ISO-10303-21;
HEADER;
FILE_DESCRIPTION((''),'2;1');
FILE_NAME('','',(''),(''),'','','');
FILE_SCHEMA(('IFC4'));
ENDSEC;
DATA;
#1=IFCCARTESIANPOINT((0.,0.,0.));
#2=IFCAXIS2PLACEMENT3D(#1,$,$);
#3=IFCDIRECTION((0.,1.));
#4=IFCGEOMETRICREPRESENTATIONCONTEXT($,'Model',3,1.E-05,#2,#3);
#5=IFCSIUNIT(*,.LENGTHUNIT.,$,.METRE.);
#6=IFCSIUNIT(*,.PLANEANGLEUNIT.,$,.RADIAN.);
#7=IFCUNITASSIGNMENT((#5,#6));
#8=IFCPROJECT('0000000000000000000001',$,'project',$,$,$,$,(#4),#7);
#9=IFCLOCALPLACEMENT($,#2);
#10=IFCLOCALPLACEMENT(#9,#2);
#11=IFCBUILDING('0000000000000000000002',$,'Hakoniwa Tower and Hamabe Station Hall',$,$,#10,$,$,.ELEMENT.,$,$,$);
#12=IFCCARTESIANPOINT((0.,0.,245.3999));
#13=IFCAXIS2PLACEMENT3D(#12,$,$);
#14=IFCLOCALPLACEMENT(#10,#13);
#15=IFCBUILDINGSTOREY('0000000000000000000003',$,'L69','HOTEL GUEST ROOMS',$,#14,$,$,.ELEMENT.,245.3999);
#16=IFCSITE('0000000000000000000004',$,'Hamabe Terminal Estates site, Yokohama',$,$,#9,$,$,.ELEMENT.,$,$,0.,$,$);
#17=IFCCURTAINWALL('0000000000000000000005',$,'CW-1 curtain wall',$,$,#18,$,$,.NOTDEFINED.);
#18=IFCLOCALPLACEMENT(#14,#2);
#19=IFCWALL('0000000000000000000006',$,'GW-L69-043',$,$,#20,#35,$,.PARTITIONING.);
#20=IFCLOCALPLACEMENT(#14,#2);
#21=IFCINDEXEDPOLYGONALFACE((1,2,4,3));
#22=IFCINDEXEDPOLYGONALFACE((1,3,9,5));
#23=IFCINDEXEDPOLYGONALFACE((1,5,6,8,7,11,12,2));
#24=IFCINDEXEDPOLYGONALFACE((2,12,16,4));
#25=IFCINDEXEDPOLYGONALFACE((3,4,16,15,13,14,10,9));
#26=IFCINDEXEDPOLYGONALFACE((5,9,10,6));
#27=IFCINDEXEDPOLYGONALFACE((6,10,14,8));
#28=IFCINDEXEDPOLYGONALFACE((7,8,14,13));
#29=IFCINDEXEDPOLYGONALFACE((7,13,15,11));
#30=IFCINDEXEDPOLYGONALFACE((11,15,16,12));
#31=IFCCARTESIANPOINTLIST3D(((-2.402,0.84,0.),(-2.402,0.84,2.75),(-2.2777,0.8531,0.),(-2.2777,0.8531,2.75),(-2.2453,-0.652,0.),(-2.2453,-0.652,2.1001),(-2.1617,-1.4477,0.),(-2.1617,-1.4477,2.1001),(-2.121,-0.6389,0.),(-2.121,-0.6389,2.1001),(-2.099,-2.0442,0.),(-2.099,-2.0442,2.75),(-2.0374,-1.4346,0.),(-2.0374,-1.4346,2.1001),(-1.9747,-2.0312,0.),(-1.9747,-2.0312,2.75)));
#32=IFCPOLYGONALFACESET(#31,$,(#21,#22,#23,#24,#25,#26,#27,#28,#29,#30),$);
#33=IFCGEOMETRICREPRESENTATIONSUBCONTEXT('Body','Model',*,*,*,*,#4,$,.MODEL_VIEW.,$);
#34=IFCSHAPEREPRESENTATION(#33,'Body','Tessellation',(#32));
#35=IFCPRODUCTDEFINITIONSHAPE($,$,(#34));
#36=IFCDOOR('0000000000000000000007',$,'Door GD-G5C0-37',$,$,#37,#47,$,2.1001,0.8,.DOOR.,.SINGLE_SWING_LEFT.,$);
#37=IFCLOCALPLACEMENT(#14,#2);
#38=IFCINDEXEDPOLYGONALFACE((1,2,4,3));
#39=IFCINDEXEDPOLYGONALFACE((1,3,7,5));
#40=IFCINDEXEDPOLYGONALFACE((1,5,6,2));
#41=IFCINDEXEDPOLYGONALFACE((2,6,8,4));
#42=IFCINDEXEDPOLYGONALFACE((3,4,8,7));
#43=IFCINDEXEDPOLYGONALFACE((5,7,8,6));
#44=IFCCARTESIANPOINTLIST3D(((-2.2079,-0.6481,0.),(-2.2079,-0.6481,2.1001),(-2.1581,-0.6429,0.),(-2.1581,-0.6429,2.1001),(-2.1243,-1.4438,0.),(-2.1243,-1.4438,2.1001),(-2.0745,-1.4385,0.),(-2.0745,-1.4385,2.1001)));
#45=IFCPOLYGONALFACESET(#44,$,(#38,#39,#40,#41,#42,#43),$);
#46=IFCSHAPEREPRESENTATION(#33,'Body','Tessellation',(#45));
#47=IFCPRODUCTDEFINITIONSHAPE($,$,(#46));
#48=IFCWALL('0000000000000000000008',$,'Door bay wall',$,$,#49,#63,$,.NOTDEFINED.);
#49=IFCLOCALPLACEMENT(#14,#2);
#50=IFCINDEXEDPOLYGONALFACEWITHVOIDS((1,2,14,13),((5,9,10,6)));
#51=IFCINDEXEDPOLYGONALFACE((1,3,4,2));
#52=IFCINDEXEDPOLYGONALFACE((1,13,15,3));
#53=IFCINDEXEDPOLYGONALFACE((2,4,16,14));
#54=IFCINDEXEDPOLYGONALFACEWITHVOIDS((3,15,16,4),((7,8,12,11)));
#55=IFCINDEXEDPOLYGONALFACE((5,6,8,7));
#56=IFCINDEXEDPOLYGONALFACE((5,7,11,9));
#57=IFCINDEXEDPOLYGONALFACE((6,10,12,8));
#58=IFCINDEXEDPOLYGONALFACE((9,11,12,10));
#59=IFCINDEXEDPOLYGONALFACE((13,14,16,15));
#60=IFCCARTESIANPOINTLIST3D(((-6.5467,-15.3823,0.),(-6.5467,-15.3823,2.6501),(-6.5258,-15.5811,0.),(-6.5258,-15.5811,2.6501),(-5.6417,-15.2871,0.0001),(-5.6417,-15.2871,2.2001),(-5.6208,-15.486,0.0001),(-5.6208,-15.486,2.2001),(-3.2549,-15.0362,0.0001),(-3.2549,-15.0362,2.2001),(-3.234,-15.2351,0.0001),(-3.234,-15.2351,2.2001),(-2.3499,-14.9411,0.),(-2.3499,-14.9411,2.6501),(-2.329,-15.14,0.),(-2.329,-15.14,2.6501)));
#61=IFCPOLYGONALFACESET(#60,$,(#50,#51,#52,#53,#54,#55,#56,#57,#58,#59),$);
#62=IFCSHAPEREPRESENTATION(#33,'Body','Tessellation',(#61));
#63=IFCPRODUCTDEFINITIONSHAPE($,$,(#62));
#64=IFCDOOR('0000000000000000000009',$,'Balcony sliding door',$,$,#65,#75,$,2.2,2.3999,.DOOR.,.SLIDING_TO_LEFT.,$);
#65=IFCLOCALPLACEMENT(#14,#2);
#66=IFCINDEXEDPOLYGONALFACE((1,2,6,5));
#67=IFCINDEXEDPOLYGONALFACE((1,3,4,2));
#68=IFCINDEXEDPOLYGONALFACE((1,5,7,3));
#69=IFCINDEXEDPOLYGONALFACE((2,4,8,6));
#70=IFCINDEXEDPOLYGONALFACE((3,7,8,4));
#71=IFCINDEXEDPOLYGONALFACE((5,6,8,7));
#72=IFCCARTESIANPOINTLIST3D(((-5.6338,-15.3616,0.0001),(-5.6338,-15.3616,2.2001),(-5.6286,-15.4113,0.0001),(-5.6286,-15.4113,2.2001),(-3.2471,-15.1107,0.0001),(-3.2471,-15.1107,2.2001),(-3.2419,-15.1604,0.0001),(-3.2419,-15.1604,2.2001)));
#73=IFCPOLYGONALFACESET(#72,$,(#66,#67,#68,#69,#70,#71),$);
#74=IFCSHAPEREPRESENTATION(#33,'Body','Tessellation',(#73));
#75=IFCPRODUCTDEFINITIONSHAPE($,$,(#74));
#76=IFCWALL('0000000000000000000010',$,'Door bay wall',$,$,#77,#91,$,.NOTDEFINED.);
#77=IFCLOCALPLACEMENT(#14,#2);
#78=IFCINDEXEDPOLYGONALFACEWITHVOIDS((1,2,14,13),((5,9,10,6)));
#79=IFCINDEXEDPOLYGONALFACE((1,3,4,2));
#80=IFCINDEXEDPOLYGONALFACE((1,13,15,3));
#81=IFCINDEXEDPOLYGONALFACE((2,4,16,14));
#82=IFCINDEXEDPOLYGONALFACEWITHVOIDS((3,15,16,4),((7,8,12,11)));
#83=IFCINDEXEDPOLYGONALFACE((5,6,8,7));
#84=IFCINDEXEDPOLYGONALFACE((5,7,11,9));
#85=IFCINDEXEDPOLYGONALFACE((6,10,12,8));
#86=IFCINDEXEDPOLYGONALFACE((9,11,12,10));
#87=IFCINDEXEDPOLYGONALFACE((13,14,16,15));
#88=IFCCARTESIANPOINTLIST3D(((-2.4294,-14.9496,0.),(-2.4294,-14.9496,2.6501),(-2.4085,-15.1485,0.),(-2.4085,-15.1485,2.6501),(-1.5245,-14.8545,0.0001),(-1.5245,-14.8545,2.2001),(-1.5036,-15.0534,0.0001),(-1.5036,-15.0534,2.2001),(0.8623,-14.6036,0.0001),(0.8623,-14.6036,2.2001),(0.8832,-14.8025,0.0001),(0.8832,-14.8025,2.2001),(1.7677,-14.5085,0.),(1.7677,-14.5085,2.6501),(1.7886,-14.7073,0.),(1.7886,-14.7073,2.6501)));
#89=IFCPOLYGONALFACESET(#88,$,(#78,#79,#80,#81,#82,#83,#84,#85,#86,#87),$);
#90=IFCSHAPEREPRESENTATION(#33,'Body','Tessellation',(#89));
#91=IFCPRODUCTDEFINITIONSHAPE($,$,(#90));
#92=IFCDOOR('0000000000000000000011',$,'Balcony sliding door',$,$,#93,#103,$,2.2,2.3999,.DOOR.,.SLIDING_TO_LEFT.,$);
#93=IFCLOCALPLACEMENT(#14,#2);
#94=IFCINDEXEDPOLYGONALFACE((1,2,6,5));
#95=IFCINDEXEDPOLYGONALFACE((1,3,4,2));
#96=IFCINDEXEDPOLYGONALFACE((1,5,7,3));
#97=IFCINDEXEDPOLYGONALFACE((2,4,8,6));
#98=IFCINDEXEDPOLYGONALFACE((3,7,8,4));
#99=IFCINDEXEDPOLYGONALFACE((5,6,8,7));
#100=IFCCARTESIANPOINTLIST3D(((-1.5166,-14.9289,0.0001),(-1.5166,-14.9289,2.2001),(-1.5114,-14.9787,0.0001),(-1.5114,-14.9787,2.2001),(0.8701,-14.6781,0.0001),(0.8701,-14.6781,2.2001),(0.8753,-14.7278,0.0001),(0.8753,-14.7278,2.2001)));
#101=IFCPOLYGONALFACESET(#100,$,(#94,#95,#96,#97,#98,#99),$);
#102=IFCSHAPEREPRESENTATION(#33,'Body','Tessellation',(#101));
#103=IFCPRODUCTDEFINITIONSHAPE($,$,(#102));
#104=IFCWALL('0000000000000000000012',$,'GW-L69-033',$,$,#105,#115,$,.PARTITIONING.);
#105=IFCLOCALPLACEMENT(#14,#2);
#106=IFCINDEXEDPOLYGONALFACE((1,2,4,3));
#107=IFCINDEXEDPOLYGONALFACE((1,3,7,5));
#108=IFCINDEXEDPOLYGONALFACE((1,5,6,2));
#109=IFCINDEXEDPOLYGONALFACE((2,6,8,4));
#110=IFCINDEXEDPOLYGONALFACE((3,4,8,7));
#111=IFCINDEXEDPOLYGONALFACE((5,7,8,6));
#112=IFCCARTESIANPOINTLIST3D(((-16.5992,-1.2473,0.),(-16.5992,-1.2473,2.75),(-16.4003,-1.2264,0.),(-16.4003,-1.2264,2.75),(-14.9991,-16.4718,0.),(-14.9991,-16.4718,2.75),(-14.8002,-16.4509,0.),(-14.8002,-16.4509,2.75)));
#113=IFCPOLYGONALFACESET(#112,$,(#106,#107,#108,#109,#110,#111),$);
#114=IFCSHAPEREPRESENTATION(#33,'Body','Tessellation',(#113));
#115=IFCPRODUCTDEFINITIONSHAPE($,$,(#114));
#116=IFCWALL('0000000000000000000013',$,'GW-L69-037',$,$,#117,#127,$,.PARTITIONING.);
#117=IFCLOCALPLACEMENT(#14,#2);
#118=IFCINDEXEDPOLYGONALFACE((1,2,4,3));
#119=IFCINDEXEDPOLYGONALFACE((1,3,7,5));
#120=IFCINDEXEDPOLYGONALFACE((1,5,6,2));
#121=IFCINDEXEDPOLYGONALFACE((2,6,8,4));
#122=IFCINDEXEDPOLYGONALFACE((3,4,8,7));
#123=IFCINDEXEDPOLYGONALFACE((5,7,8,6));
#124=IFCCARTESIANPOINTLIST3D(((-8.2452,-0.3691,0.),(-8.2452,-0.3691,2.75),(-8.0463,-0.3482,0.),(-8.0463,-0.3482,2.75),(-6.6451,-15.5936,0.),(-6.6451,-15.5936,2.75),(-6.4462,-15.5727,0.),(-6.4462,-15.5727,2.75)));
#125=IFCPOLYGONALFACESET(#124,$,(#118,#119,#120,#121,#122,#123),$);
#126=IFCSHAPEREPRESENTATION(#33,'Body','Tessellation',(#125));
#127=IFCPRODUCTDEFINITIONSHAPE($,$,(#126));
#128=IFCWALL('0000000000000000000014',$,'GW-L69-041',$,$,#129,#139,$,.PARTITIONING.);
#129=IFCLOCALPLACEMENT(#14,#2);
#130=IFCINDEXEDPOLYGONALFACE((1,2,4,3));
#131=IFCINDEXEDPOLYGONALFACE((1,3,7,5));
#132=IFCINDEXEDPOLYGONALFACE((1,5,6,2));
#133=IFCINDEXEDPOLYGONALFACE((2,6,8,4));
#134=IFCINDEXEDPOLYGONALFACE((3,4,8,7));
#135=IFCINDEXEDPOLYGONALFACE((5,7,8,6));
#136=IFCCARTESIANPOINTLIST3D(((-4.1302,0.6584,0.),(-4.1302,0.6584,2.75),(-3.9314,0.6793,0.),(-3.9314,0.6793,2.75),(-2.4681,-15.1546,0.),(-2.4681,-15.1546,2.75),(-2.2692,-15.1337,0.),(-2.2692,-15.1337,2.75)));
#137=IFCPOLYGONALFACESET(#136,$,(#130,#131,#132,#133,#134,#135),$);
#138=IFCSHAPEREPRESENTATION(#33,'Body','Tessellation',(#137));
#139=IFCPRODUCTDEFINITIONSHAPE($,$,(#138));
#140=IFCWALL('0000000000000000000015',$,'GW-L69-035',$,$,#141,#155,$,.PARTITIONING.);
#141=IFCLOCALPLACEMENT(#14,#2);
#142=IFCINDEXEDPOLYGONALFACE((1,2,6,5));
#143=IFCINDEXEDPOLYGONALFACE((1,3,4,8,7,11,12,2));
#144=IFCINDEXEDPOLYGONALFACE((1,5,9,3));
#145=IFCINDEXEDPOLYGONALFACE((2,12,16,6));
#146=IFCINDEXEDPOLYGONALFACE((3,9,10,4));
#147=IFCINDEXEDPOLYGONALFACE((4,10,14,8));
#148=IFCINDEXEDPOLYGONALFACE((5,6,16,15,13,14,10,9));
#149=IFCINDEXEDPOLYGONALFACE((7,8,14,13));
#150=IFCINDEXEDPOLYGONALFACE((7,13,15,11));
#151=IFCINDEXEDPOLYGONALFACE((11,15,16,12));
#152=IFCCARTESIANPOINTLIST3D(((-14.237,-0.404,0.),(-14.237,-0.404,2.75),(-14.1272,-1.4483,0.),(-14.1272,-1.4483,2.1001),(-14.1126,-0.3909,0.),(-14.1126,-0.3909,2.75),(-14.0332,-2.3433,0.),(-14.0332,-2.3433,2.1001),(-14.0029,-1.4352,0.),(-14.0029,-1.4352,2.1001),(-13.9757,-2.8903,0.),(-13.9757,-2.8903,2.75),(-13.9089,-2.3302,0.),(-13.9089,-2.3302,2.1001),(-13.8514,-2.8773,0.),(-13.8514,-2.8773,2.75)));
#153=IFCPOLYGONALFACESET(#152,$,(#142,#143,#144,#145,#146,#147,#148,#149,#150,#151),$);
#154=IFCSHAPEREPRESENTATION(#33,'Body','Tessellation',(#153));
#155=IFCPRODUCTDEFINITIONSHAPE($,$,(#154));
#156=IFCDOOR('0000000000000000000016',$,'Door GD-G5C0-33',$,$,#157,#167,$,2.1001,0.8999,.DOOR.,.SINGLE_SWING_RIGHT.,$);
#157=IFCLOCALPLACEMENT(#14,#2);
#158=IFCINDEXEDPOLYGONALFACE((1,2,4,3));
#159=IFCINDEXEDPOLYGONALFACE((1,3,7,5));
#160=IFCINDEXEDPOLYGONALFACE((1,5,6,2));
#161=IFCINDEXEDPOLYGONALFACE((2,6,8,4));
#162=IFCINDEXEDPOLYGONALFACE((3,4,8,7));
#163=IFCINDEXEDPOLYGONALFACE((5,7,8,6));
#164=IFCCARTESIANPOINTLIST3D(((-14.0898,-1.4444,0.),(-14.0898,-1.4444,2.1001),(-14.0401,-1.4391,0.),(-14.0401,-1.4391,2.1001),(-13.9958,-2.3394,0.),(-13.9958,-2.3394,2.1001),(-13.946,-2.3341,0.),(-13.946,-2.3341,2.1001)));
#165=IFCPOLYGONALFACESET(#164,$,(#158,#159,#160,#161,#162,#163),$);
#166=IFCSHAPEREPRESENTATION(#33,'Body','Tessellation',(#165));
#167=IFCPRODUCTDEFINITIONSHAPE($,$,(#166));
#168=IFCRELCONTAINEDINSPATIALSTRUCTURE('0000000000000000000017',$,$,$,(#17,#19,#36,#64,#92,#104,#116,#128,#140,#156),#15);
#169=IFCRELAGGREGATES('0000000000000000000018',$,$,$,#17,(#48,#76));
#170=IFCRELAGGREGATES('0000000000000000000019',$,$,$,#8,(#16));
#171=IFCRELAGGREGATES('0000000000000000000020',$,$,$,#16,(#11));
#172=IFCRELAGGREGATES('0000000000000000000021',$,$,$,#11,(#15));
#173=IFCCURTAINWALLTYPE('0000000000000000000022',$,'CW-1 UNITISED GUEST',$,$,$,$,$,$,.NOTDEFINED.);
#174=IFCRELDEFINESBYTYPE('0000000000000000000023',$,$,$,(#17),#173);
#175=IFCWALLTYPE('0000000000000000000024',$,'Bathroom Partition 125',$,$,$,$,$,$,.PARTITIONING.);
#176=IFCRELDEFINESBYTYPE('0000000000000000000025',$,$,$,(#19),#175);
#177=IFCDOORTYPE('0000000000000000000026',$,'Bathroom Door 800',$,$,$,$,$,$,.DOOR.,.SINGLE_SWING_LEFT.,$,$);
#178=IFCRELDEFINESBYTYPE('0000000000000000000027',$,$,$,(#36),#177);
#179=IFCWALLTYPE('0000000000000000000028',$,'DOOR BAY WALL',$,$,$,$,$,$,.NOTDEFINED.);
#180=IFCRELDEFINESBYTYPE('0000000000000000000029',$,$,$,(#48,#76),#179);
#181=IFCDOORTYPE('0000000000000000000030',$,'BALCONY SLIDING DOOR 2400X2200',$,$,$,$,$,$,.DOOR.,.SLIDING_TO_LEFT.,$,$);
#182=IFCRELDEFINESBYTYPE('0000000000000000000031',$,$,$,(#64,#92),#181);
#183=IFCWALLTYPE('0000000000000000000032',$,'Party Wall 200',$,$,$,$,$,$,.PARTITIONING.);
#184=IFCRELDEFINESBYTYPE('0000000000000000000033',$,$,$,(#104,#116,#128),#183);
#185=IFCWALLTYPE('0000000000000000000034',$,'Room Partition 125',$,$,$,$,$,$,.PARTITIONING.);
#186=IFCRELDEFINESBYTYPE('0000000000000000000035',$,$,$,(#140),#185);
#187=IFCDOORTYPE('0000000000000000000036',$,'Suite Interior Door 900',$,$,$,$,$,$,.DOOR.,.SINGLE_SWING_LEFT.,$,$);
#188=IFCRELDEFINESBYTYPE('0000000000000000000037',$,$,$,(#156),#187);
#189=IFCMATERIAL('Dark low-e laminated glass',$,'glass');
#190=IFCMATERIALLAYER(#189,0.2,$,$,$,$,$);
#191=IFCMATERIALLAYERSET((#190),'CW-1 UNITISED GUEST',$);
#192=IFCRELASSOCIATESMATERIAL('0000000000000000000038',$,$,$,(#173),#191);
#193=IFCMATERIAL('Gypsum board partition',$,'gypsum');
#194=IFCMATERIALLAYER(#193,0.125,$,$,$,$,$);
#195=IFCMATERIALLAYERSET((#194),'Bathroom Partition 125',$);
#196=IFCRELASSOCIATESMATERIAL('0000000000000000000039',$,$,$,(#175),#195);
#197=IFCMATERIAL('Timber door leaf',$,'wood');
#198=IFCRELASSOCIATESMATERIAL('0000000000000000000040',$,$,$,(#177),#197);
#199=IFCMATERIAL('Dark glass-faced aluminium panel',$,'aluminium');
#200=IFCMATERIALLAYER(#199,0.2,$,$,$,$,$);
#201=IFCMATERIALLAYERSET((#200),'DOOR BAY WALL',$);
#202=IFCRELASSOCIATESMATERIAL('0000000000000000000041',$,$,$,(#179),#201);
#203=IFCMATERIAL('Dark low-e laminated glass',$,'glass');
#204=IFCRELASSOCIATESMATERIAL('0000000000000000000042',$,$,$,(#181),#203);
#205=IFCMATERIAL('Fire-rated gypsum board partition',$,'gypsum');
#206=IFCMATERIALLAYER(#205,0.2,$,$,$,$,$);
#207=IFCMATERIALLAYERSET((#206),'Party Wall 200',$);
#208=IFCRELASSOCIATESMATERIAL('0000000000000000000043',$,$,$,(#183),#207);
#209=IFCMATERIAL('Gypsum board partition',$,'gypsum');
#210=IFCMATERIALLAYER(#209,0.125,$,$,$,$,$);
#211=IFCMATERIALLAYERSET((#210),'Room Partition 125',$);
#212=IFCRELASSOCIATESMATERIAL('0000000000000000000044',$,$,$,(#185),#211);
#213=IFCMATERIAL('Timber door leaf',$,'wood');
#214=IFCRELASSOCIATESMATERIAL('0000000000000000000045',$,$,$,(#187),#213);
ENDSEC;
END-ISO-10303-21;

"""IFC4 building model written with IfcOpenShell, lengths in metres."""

from ifc_helpers import new_model, si_unit, direction, frame, frame_2d, origin, place, context, subcontext, project, spatial, rectangle, extrude, material, layer, layer_set, type_object, element, fill, aggregate, save


model = new_model("IFC4")

# Units and contexts
model_context = context("Model", 3, precision=1e-05, world=origin(), true_north=direction((0.0, 1.0)))
body_context = subcontext(model_context, "Body", "Model", "MODEL_VIEW")
ifc_project = project(units=[si_unit("LENGTHUNIT", "METRE"), si_unit("PLANEANGLEUNIT", "RADIAN")], contexts=[model_context])

# Site, building, storey
site_placement = place(None, origin())
site = spatial("IfcSite", under=ifc_project, at=site_placement, Name="Hamabe Terminal Estates site, Yokohama", CompositionType="ELEMENT", RefElevation=0.0)
building_placement = place(site_placement, origin())
building = spatial("IfcBuilding", under=site, at=building_placement, Name="Hakoniwa Tower and Hamabe Station Hall", CompositionType="ELEMENT")
storey_placement = place(building_placement, frame((0.0, 0.0, 245.3999)))
storey = spatial("IfcBuildingStorey", under=building, at=storey_placement, Name="L69", Description="HOTEL GUEST ROOMS", CompositionType="ELEMENT", Elevation=245.3999)

# Curtain wall
ifc_material_1 = material(Name="Dark low-e laminated glass", Category="glass")
ifc_layer_1 = layer(ifc_material_1, 0.2)
ifc_layer_set_1 = layer_set([ifc_layer_1], Name="CW-1 UNITISED GUEST")
curtain_wall_type = type_object("IfcCurtainWallType", Name="CW-1 UNITISED GUEST", PredefinedType="NOTDEFINED", material=ifc_layer_set_1)
curtain_wall_placement = place(storey_placement, origin())
curtain_wall = element("IfcCurtainWall", 1, at=curtain_wall_placement, inside=storey, type_object=curtain_wall_type, Name="CW-1 curtain wall", PredefinedType="NOTDEFINED")

# Shared definitions
ifc_material_2 = material(Name="Gypsum board partition", Category="gypsum")
ifc_layer_2 = layer(ifc_material_2, 0.125)
ifc_layer_set_2 = layer_set([ifc_layer_2], Name="Bathroom Partition 125")
wall_type_1 = type_object("IfcWallType", Name="Bathroom Partition 125", PredefinedType="PARTITIONING", material=ifc_layer_set_2)

# Walls, openings, doors
ifc_material_3 = material(Name="Timber door leaf", Category="wood")
door_type_1 = type_object("IfcDoorType", Name="Bathroom Door 800", OperationType="SINGLE_SWING_LEFT", PredefinedType="DOOR", material=ifc_material_3)
wall_1_placement = place(storey_placement, frame((-2.0369, -2.0378, 0.0), z_axis=(0.0, 0.0, 1.0), x_axis=(-0.10447, 0.994528, 0.0)))
wall_1 = element("IfcWall", 2, at=wall_1_placement, inside=storey, type_object=wall_type_1, Name="GW-L69-043", PredefinedType="PARTITIONING", context=body_context, shape_type="SweptSolid", body=[
    extrude(rectangle(XDim=2.9001, YDim=0.125, at=frame_2d((1.4502, 0.0))), origin(), (0.0, 0.0, 1.0), 2.75),
])
opening_1_placement = place(wall_1_placement, frame((0.6001, 0.0, 0.0)))
opening_1 = element("IfcOpeningElement", 3, at=opening_1_placement, cuts=wall_1, PredefinedType="OPENING", context=body_context, shape_type="SweptSolid", body=[
    extrude(rectangle(XDim=0.8, YDim=2.1001, at=frame_2d((0.3999, 1.05))), frame((0.0, 0.0725, 0.0), z_axis=(0.0, -1.0, 0.0), x_axis=(1.0, 0.0, 0.0)), (0.0, 0.0, 1.0), 0.145),
])
door_1_placement = place(opening_1_placement, origin())
door_1 = element("IfcDoor", 4, at=door_1_placement, inside=storey, type_object=door_type_1, Name="Door GD-G5C0-37", OperationType="SINGLE_SWING_LEFT", OverallHeight=2.1001, OverallWidth=0.8, PredefinedType="DOOR", context=body_context, shape_type="SweptSolid", body=[
    extrude(rectangle(XDim=0.8, YDim=2.1001, at=frame_2d((0.3999, 1.05))), frame((0.0, 0.0249, 0.0), z_axis=(0.0, -1.0, 0.0), x_axis=(1.0, 0.0, 0.0)), (0.0, 0.0, 1.0), 0.05),
])
fill(opening_1, door_1)
ifc_material_4 = material(Name="Dark glass-faced aluminium panel", Category="aluminium")
ifc_layer_3 = layer(ifc_material_4, 0.2)
ifc_layer_set_3 = layer_set([ifc_layer_3], Name="DOOR BAY WALL")
wall_type_2 = type_object("IfcWallType", Name="DOOR BAY WALL", PredefinedType="NOTDEFINED", material=ifc_layer_set_3)
wall_2_placement = place(storey_placement, frame((-6.5361, -15.4817, 0.0), z_axis=(0.0, 0.0, 1.0), x_axis=(0.99452, 0.104543, 0.0)))
wall_2 = element("IfcWall", 5, at=wall_2_placement, type_object=wall_type_2, Name="Door bay wall", PredefinedType="NOTDEFINED", context=body_context, shape_type="SweptSolid", body=[
    extrude(rectangle(XDim=4.22, YDim=0.2, at=frame_2d((2.1099, 0.0))), origin(), (0.0, 0.0, 1.0), 2.6501),
])
opening_2_placement = place(wall_2_placement, frame((0.9099, 0.0, 0.0)))
opening_2 = element("IfcOpeningElement", 6, at=opening_2_placement, cuts=wall_2, PredefinedType="OPENING", context=body_context, shape_type="SweptSolid", body=[
    extrude(rectangle(XDim=2.3999, YDim=2.2, at=frame_2d((1.2, 1.1001))), frame((0.0, 0.1099, 0.0), z_axis=(0.0, -1.0, 0.0), x_axis=(1.0, 0.0, 0.0)), (0.0, 0.0, 1.0), 0.22),
])
ifc_material_5 = material(Name="Dark low-e laminated glass", Category="glass")
door_type_2 = type_object("IfcDoorType", Name="BALCONY SLIDING DOOR 2400X2200", OperationType="SLIDING_TO_LEFT", PredefinedType="DOOR", material=ifc_material_5)
door_2_placement = place(opening_2_placement, frame((2.3999, 0.0, 0.0), z_axis=(0.0, 0.0, 1.0), x_axis=(-1.0, 0.0, 0.0)))
door_2 = element("IfcDoor", 7, at=door_2_placement, inside=storey, type_object=door_type_2, Name="Balcony sliding door", OperationType="SLIDING_TO_LEFT", OverallHeight=2.2, OverallWidth=2.3999, PredefinedType="DOOR", context=body_context, shape_type="SweptSolid", body=[
    extrude(rectangle(XDim=2.3999, YDim=2.2, at=frame_2d((1.2, 1.1001))), frame((0.0, 0.0249, 0.0), z_axis=(0.0, -1.0, 0.0), x_axis=(1.0, 0.0, 0.0)), (0.0, 0.0, 1.0), 0.05),
])
fill(opening_2, door_2)
wall_3_placement = place(storey_placement, frame((-2.4189, -15.0491, 0.0), z_axis=(0.0, 0.0, 1.0), x_axis=(0.994521, 0.104537, 0.0)))
wall_3 = element("IfcWall", 8, at=wall_3_placement, type_object=wall_type_2, Name="Door bay wall", PredefinedType="NOTDEFINED", context=body_context, shape_type="SweptSolid", body=[
    extrude(rectangle(XDim=4.2202, YDim=0.2, at=frame_2d((2.1101, 0.0))), origin(), (0.0, 0.0, 1.0), 2.6501),
])
opening_3_placement = place(wall_3_placement, frame((0.9099, 0.0, 0.0)))
opening_3 = element("IfcOpeningElement", 9, at=opening_3_placement, cuts=wall_3, PredefinedType="OPENING", context=body_context, shape_type="SweptSolid", body=[
    extrude(rectangle(XDim=2.3999, YDim=2.2, at=frame_2d((1.2, 1.1001))), frame((0.0, 0.1099, 0.0), z_axis=(0.0, -1.0, 0.0), x_axis=(1.0, 0.0, 0.0)), (0.0, 0.0, 1.0), 0.22),
])
door_3_placement = place(opening_3_placement, frame((2.3999, 0.0, 0.0), z_axis=(0.0, 0.0, 1.0), x_axis=(-1.0, 0.0, 0.0)))
door_3 = element("IfcDoor", 10, at=door_3_placement, inside=storey, type_object=door_type_2, Name="Balcony sliding door", OperationType="SLIDING_TO_LEFT", OverallHeight=2.2, OverallWidth=2.3999, PredefinedType="DOOR", context=body_context, shape_type="SweptSolid", body=[
    extrude(rectangle(XDim=2.3999, YDim=2.2, at=frame_2d((1.2, 1.1001))), frame((0.0, 0.0249, 0.0), z_axis=(0.0, -1.0, 0.0), x_axis=(1.0, 0.0, 0.0)), (0.0, 0.0, 1.0), 0.05),
])
fill(opening_3, door_3)
aggregate(curtain_wall, [wall_2, wall_3])

# Walls
ifc_material_6 = material(Name="Fire-rated gypsum board partition", Category="gypsum")
ifc_layer_4 = layer(ifc_material_6, 0.2)
ifc_layer_set_4 = layer_set([ifc_layer_4], Name="Party Wall 200")
wall_type_3 = type_object("IfcWallType", Name="Party Wall 200", PredefinedType="PARTITIONING", material=ifc_layer_set_4)
for number, where, z_axis, x_axis, name in (
    (11, (-14.8997, -16.4614, 0.0), (0.0, 0.0, 1.0), (-0.104524, 0.994522, 0.0), "GW-L69-033"),
    (12, (-6.5457, -15.5833, 0.0), (0.0, 0.0, 1.0), (-0.104524, 0.994522, 0.0), "GW-L69-037"),
):
    element("IfcWall", number, at=place(storey_placement, frame(where, z_axis=z_axis, x_axis=x_axis)), inside=storey, type_object=wall_type_3, Name=name, PredefinedType="PARTITIONING", context=body_context, shape_type="SweptSolid", body=[
        extrude(rectangle(XDim=15.3083, YDim=0.2, at=frame_2d((7.6543, 0.0))), origin(), (0.0, 0.0, 1.0), 2.75),
    ])
wall_4_placement = place(storey_placement, frame((-2.3687, -15.1443, 0.0), z_axis=(0.0, 0.0, 1.0), x_axis=(-0.104535, 0.994521, 0.0)))
element("IfcWall", 13, at=wall_4_placement, inside=storey, type_object=wall_type_3, Name="GW-L69-041", PredefinedType="PARTITIONING", context=body_context, shape_type="SweptSolid", body=[
    extrude(rectangle(XDim=15.9001, YDim=0.2, at=frame_2d((7.9502, 0.0))), origin(), (0.0, 0.0, 1.0), 2.75),
])

# Wall, opening, door
ifc_material_7 = material(Name="Gypsum board partition", Category="gypsum")
ifc_layer_5 = layer(ifc_material_7, 0.125)
ifc_layer_set_5 = layer_set([ifc_layer_5], Name="Room Partition 125")
wall_type_4 = type_object("IfcWallType", Name="Room Partition 125", PredefinedType="PARTITIONING", material=ifc_layer_set_5)
wall_5_placement = place(storey_placement, frame((-13.9136, -2.8838, 0.0), z_axis=(0.0, 0.0, 1.0), x_axis=(-0.104492, 0.994526, 0.0)))
wall_5 = element("IfcWall", 14, at=wall_5_placement, inside=storey, type_object=wall_type_4, Name="GW-L69-035", PredefinedType="PARTITIONING", context=body_context, shape_type="SweptSolid", body=[
    extrude(rectangle(XDim=2.5, YDim=0.125, at=frame_2d((1.25, 0.0))), origin(), (0.0, 0.0, 1.0), 2.75),
])
opening_4_placement = place(wall_5_placement, frame((0.55, 0.0, 0.0)))
opening_4 = element("IfcOpeningElement", 15, at=opening_4_placement, cuts=wall_5, PredefinedType="OPENING", context=body_context, shape_type="SweptSolid", body=[
    extrude(rectangle(XDim=0.8999, YDim=2.1001, at=frame_2d((0.45, 1.05))), frame((0.0, 0.0725, 0.0), z_axis=(0.0, -1.0, 0.0), x_axis=(1.0, 0.0, 0.0)), (0.0, 0.0, 1.0), 0.145),
])
ifc_material_8 = material(Name="Timber door leaf", Category="wood")
door_type_3 = type_object("IfcDoorType", Name="Suite Interior Door 900", OperationType="SINGLE_SWING_LEFT", PredefinedType="DOOR", material=ifc_material_8)
door_4_placement = place(opening_4_placement, origin())
door_4 = element("IfcDoor", 16, at=door_4_placement, inside=storey, type_object=door_type_3, Name="Door GD-G5C0-33", OperationType="SINGLE_SWING_RIGHT", OverallHeight=2.1001, OverallWidth=0.8999, PredefinedType="DOOR", context=body_context, shape_type="SweptSolid", body=[
    extrude(rectangle(XDim=0.8999, YDim=2.1001, at=frame_2d((0.45, 1.05))), frame((0.0, 0.0249, 0.0), z_axis=(0.0, -1.0, 0.0), x_axis=(1.0, 0.0, 0.0)), (0.0, 0.0, 1.0), 0.05),
])
fill(opening_4, door_4)

save(model, "model.ifc")
